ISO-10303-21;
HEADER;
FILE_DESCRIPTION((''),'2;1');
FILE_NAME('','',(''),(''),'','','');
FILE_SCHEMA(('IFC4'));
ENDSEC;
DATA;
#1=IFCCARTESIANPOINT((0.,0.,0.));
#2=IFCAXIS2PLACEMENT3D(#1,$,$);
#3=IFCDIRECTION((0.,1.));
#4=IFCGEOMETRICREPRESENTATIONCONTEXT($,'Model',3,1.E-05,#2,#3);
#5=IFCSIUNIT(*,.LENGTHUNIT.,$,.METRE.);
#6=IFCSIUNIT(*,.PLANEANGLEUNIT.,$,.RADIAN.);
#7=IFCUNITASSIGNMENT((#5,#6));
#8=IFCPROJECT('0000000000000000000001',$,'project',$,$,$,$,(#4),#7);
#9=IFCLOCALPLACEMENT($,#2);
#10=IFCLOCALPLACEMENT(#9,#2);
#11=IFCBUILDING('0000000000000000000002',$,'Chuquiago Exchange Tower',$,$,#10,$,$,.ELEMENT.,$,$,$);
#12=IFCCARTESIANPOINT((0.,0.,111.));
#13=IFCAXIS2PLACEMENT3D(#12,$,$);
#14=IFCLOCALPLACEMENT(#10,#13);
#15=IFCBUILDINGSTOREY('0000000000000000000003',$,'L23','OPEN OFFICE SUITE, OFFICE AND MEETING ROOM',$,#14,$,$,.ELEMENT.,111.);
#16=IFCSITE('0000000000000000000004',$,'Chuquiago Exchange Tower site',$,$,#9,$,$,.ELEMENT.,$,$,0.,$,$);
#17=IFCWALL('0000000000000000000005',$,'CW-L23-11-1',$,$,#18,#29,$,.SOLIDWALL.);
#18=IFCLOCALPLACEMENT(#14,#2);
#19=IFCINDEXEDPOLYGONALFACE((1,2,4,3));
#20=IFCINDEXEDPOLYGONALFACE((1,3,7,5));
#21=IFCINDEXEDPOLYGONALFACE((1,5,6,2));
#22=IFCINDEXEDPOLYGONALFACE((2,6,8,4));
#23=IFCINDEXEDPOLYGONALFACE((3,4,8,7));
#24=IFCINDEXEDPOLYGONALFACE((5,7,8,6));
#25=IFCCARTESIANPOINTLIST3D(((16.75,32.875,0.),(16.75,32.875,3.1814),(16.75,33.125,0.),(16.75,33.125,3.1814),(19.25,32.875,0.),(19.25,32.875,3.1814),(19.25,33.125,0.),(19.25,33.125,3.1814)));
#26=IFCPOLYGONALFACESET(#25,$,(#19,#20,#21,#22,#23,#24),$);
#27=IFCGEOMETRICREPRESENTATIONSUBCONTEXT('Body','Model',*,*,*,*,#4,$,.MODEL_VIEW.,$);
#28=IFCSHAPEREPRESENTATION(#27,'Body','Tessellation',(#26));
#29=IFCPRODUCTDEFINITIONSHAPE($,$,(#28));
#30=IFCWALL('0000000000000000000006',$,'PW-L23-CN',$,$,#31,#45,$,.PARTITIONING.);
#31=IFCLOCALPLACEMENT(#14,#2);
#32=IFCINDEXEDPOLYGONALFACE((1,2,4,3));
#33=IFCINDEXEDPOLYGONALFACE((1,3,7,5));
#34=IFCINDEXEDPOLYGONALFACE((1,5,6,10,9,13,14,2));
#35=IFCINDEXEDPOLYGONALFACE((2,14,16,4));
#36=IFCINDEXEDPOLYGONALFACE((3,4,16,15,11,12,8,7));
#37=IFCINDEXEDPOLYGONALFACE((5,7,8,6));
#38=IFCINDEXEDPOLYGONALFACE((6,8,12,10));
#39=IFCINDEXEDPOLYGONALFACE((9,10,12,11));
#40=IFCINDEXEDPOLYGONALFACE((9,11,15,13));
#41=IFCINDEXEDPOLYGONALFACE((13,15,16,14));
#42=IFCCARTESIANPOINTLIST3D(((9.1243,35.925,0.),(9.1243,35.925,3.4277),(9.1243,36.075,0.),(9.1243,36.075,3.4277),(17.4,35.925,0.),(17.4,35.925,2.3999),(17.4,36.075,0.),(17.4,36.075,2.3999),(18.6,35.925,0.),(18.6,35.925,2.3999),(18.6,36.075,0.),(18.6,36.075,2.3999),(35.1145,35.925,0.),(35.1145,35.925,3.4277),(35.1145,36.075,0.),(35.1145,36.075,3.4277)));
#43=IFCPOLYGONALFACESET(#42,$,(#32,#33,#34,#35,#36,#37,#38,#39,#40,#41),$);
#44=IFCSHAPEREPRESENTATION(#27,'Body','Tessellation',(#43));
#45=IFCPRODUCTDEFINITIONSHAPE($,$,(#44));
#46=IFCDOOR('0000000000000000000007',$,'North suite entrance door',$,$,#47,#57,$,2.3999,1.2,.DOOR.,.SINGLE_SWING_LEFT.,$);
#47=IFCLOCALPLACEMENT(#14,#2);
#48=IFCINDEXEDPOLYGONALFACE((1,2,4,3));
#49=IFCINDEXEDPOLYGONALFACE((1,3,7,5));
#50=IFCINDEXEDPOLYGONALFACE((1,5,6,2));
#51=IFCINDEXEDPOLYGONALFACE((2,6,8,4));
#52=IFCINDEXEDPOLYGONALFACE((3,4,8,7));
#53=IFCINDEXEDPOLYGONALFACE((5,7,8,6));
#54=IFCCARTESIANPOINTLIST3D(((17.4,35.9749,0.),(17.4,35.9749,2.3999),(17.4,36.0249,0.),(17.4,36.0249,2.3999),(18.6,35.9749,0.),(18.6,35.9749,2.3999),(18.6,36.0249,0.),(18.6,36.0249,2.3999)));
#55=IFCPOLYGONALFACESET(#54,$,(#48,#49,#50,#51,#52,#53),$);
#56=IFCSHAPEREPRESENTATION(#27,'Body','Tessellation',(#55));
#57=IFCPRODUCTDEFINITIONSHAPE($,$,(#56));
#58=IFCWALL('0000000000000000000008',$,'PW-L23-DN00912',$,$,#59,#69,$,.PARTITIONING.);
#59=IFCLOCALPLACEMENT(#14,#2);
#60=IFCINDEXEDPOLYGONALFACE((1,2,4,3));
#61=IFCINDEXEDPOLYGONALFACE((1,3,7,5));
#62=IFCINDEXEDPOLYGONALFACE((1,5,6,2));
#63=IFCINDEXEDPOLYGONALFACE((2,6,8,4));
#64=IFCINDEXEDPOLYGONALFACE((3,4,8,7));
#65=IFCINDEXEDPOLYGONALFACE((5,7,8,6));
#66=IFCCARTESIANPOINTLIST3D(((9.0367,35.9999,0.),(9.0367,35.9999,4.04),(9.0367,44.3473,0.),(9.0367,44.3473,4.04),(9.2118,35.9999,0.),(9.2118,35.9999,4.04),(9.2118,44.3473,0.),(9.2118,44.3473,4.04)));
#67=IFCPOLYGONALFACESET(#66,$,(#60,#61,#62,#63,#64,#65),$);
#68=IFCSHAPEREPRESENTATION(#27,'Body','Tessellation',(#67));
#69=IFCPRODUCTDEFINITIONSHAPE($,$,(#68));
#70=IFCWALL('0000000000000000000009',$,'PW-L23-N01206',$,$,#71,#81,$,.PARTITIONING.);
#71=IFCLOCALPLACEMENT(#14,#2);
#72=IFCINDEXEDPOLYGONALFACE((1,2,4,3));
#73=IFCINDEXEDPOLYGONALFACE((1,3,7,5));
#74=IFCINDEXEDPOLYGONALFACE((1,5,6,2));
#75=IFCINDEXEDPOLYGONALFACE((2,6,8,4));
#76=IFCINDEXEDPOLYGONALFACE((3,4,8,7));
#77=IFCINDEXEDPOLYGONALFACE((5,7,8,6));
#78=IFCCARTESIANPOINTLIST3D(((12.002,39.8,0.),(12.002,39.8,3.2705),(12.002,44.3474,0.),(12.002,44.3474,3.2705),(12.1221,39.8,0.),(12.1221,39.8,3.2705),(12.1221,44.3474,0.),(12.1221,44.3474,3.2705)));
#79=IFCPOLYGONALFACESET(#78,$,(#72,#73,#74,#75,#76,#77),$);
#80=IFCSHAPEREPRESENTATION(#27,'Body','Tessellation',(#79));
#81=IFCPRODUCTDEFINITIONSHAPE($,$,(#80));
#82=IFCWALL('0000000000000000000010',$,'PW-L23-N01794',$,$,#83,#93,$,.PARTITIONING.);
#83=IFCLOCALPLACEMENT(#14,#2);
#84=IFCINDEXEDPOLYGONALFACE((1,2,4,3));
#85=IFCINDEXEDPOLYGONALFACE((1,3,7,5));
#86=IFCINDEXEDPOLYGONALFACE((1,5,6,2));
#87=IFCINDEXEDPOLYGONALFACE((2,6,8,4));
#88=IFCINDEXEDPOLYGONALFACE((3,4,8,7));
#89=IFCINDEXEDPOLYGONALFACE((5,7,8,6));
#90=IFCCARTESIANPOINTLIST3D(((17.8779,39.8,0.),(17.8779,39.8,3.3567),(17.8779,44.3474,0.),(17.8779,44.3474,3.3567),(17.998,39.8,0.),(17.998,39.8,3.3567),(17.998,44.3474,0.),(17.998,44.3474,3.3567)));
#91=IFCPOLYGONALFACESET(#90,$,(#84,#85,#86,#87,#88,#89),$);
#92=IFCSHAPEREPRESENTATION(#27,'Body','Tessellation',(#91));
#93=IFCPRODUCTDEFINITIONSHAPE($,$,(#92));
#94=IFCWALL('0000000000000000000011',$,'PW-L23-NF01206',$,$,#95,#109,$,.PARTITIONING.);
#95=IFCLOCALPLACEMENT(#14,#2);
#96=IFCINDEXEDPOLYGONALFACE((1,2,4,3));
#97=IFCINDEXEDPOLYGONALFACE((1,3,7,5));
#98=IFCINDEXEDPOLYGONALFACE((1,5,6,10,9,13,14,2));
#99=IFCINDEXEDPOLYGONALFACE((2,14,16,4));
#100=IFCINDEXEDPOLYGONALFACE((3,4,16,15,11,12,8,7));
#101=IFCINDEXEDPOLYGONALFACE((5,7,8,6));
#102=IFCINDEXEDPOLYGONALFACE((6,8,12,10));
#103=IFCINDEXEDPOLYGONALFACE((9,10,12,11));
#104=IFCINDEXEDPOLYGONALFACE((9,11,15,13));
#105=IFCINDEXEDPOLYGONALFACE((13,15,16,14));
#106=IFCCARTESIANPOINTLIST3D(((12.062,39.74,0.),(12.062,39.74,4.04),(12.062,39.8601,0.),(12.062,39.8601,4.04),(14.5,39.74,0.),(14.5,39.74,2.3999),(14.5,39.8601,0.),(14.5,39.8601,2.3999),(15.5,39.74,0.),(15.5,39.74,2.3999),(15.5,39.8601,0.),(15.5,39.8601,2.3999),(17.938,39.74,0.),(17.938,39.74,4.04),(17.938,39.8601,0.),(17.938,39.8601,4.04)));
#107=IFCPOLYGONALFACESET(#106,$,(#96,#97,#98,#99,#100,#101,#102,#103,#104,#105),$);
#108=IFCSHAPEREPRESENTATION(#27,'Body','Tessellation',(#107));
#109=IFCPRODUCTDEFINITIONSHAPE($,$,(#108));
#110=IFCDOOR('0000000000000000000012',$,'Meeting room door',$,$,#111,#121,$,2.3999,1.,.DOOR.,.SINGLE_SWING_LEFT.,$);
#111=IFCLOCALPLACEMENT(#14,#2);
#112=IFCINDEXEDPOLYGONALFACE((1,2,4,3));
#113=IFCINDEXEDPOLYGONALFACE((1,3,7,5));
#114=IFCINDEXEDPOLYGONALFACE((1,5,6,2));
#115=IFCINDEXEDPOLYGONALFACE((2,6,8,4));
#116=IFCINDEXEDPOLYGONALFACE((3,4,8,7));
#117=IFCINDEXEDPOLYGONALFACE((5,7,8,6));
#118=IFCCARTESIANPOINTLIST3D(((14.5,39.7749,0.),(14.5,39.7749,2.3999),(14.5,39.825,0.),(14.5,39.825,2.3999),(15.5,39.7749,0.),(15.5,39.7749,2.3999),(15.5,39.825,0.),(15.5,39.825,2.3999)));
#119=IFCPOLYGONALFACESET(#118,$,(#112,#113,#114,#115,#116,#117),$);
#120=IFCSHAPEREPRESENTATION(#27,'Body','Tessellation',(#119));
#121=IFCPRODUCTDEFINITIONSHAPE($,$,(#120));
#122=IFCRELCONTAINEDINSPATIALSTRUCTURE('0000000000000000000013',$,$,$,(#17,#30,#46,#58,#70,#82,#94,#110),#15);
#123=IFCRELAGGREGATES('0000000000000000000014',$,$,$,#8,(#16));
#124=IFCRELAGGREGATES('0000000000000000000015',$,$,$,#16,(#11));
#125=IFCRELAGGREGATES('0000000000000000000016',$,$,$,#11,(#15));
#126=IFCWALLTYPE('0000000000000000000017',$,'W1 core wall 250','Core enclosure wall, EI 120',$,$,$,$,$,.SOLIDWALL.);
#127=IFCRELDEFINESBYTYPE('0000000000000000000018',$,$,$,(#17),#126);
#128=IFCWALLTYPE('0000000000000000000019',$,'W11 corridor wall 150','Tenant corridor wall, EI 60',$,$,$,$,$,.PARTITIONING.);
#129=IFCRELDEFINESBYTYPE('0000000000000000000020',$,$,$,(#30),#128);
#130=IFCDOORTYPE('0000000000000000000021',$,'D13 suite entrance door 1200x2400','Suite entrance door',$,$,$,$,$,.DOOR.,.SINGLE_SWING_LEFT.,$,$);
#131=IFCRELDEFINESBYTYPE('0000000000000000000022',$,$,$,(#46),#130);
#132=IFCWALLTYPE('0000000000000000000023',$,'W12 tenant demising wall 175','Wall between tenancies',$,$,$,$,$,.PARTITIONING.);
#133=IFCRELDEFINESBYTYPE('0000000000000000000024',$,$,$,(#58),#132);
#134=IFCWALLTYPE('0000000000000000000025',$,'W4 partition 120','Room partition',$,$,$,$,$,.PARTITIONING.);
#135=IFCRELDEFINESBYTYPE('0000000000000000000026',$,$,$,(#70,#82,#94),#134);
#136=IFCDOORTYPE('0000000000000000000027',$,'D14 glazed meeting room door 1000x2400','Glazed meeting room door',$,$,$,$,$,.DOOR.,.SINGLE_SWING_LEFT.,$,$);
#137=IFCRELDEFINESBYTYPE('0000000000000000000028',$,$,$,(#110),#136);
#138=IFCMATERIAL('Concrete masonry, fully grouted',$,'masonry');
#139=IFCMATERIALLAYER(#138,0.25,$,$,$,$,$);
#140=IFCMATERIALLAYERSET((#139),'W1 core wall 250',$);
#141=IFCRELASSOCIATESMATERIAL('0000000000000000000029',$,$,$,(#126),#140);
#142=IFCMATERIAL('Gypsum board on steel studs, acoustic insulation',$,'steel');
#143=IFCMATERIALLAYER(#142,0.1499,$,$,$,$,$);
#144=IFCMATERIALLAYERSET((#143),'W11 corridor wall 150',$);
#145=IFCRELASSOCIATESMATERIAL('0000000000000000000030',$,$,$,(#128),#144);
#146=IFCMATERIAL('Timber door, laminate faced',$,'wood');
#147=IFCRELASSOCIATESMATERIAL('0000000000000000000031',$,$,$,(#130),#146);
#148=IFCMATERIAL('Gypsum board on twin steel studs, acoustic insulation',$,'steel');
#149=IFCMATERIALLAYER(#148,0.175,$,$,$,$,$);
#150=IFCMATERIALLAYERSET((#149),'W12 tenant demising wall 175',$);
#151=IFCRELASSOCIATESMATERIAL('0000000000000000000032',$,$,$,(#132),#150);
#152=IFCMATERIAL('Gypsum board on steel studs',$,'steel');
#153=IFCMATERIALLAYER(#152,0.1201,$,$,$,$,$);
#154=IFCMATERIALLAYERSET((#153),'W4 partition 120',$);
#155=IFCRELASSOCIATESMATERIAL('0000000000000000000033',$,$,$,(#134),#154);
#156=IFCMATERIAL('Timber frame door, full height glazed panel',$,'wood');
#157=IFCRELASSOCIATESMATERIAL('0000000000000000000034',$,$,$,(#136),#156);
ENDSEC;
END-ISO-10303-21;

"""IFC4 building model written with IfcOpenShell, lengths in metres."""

from ifc_helpers import new_model, si_unit, direction, frame, frame_2d, origin, place, context, subcontext, project, spatial, rectangle, extrude, material, layer, layer_set, type_object, element, fill, save


model = new_model("IFC4")

# Units and contexts
model_context = context("Model", 3, precision=1e-05, world=origin(), true_north=direction((0.0, 1.0)))
body_context = subcontext(model_context, "Body", "Model", "MODEL_VIEW")
ifc_project = project(units=[si_unit("LENGTHUNIT", "METRE"), si_unit("PLANEANGLEUNIT", "RADIAN")], contexts=[model_context])

# Site, building, storey
site_placement = place(None, origin())
site = spatial("IfcSite", under=ifc_project, at=site_placement, Name="Chuquiago Exchange Tower site", CompositionType="ELEMENT", RefElevation=0.0)
building_placement = place(site_placement, origin())
building = spatial("IfcBuilding", under=site, at=building_placement, Name="Chuquiago Exchange Tower", CompositionType="ELEMENT")
storey_placement = place(building_placement, frame((0.0, 0.0, 111.0)))
storey = spatial("IfcBuildingStorey", under=building, at=storey_placement, Name="L23", Description="OPEN OFFICE SUITE, OFFICE AND MEETING ROOM", CompositionType="ELEMENT", Elevation=111.0)

# Wall
ifc_material_1 = material(Name="Concrete masonry, fully grouted", Category="masonry")
ifc_layer_1 = layer(ifc_material_1, 0.25)
ifc_layer_set_1 = layer_set([ifc_layer_1], Name="W1 core wall 250")
wall_type_1 = type_object("IfcWallType", Name="W1 core wall 250", Description="Core enclosure wall, EI 120", PredefinedType="SOLIDWALL", material=ifc_layer_set_1)
wall_1_placement = place(storey_placement, frame((16.75, 33.0, 0.0), z_axis=(0.0, 0.0, 1.0), x_axis=(1.0, 0.0, 0.0)))
element("IfcWall", 1, at=wall_1_placement, inside=storey, type_object=wall_type_1, Name="CW-L23-11-1", PredefinedType="SOLIDWALL", context=body_context, shape_type="SweptSolid", body=[
    extrude(rectangle(XDim=2.5, YDim=0.25, at=frame_2d((1.25, 0.0))), origin(), (0.0, 0.0, 1.0), 3.1814),
])

# Wall, opening, door
ifc_material_2 = material(Name="Gypsum board on steel studs, acoustic insulation", Category="steel")
ifc_layer_2 = layer(ifc_material_2, 0.1499)
ifc_layer_set_2 = layer_set([ifc_layer_2], Name="W11 corridor wall 150")
wall_type_2 = type_object("IfcWallType", Name="W11 corridor wall 150", Description="Tenant corridor wall, EI 60", PredefinedType="PARTITIONING", material=ifc_layer_set_2)
wall_2_placement = place(storey_placement, frame((9.1243, 36.0, 0.0), z_axis=(0.0, 0.0, 1.0), x_axis=(1.0, 0.0, 0.0)))
wall_2 = element("IfcWall", 2, at=wall_2_placement, inside=storey, type_object=wall_type_2, Name="PW-L23-CN", PredefinedType="PARTITIONING", context=body_context, shape_type="SweptSolid", body=[
    extrude(rectangle(XDim=25.9902, YDim=0.1499, at=frame_2d((12.9951, 0.0))), origin(), (0.0, 0.0, 1.0), 3.4277),
])
opening_1_placement = place(wall_2_placement, frame((8.2756, 0.0, 0.0)))
opening_1 = element("IfcOpeningElement", 3, at=opening_1_placement, cuts=wall_2, PredefinedType="OPENING", context=body_context, shape_type="SweptSolid", body=[
    extrude(rectangle(XDim=1.2, YDim=2.3999, at=frame_2d((0.6001, 1.2))), frame((0.0, 0.085, 0.0), z_axis=(0.0, -1.0, 0.0), x_axis=(1.0, 0.0, 0.0)), (0.0, 0.0, 1.0), 0.1699),
])
ifc_material_3 = material(Name="Timber door, laminate faced", Category="wood")
door_type_1 = type_object("IfcDoorType", Name="D13 suite entrance door 1200x2400", Description="Suite entrance door", OperationType="SINGLE_SWING_LEFT", PredefinedType="DOOR", material=ifc_material_3)
door_1_placement = place(opening_1_placement, origin())
door_1 = element("IfcDoor", 4, at=door_1_placement, inside=storey, type_object=door_type_1, Name="North suite entrance door", OperationType="SINGLE_SWING_LEFT", OverallHeight=2.3999, OverallWidth=1.2, PredefinedType="DOOR", context=body_context, shape_type="SweptSolid", body=[
    extrude(rectangle(XDim=1.2, YDim=2.3999, at=frame_2d((0.6001, 1.2))), frame((0.0, 0.0249, 0.0), z_axis=(0.0, -1.0, 0.0), x_axis=(1.0, 0.0, 0.0)), (0.0, 0.0, 1.0), 0.05),
])
fill(opening_1, door_1)

# Walls
ifc_material_4 = material(Name="Gypsum board on twin steel studs, acoustic insulation", Category="steel")
ifc_layer_3 = layer(ifc_material_4, 0.175)
ifc_layer_set_3 = layer_set([ifc_layer_3], Name="W12 tenant demising wall 175")
wall_type_3 = type_object("IfcWallType", Name="W12 tenant demising wall 175", Description="Wall between tenancies", PredefinedType="PARTITIONING", material=ifc_layer_set_3)
wall_3_placement = place(storey_placement, frame((9.1243, 44.3474, 0.0), z_axis=(0.0, 0.0, 1.0), x_axis=(0.0, -1.0, 0.0)))
element("IfcWall", 5, at=wall_3_placement, inside=storey, type_object=wall_type_3, Name="PW-L23-DN00912", PredefinedType="PARTITIONING", context=body_context, shape_type="SweptSolid", body=[
    extrude(rectangle(XDim=8.3474, YDim=0.175, at=frame_2d((4.1738, 0.0))), origin(), (0.0, 0.0, 1.0), 4.04),
])
ifc_material_5 = material(Name="Gypsum board on steel studs", Category="steel")
ifc_layer_4 = layer(ifc_material_5, 0.1201)
ifc_layer_set_4 = layer_set([ifc_layer_4], Name="W4 partition 120")
wall_type_4 = type_object("IfcWallType", Name="W4 partition 120", Description="Room partition", PredefinedType="PARTITIONING", material=ifc_layer_set_4)
wall_4_placement = place(storey_placement, frame((12.062, 44.3474, 0.0), z_axis=(0.0, 0.0, 1.0), x_axis=(0.0, -1.0, 0.0)))
element("IfcWall", 6, at=wall_4_placement, inside=storey, type_object=wall_type_4, Name="PW-L23-N01206", PredefinedType="PARTITIONING", context=body_context, shape_type="SweptSolid", body=[
    extrude(rectangle(XDim=4.5474, YDim=0.1201, at=frame_2d((2.2737, 0.0))), origin(), (0.0, 0.0, 1.0), 3.2705),
])
wall_5_placement = place(storey_placement, frame((17.938, 44.3474, 0.0), z_axis=(0.0, 0.0, 1.0), x_axis=(0.0, -1.0, 0.0)))
element("IfcWall", 7, at=wall_5_placement, inside=storey, type_object=wall_type_4, Name="PW-L23-N01794", PredefinedType="PARTITIONING", context=body_context, shape_type="SweptSolid", body=[
    extrude(rectangle(XDim=4.5474, YDim=0.1201, at=frame_2d((2.2737, 0.0))), origin(), (0.0, 0.0, 1.0), 3.3567),
])

# Wall, opening, door
wall_6_placement = place(storey_placement, frame((12.062, 39.8, 0.0), z_axis=(0.0, 0.0, 1.0), x_axis=(1.0, 0.0, 0.0)))
wall_6 = element("IfcWall", 8, at=wall_6_placement, inside=storey, type_object=wall_type_4, Name="PW-L23-NF01206", PredefinedType="PARTITIONING", context=body_context, shape_type="SweptSolid", body=[
    extrude(rectangle(XDim=5.876, YDim=0.1201, at=frame_2d((2.938, 0.0))), origin(), (0.0, 0.0, 1.0), 4.04),
])
opening_2_placement = place(wall_6_placement, frame((2.438, 0.0, 0.0)))
opening_2 = element("IfcOpeningElement", 9, at=opening_2_placement, cuts=wall_6, PredefinedType="OPENING", context=body_context, shape_type="SweptSolid", body=[
    extrude(rectangle(XDim=1.0, YDim=2.3999, at=frame_2d((0.5, 1.2))), frame((0.0, 0.0701, 0.0), z_axis=(0.0, -1.0, 0.0), x_axis=(1.0, 0.0, 0.0)), (0.0, 0.0, 1.0), 0.1401),
])
ifc_material_6 = material(Name="Timber frame door, full height glazed panel", Category="wood")
door_type_2 = type_object("IfcDoorType", Name="D14 glazed meeting room door 1000x2400", Description="Glazed meeting room door", OperationType="SINGLE_SWING_LEFT", PredefinedType="DOOR", material=ifc_material_6)
door_2_placement = place(opening_2_placement, origin())
door_2 = element("IfcDoor", 10, at=door_2_placement, inside=storey, type_object=door_type_2, Name="Meeting room door", OperationType="SINGLE_SWING_LEFT", OverallHeight=2.3999, OverallWidth=1.0, PredefinedType="DOOR", context=body_context, shape_type="SweptSolid", body=[
    extrude(rectangle(XDim=1.0, YDim=2.3999, at=frame_2d((0.5, 1.2))), frame((0.0, 0.0249, 0.0), z_axis=(0.0, -1.0, 0.0), x_axis=(1.0, 0.0, 0.0)), (0.0, 0.0, 1.0), 0.05),
])
fill(opening_2, door_2)

save(model, "model.ifc")
